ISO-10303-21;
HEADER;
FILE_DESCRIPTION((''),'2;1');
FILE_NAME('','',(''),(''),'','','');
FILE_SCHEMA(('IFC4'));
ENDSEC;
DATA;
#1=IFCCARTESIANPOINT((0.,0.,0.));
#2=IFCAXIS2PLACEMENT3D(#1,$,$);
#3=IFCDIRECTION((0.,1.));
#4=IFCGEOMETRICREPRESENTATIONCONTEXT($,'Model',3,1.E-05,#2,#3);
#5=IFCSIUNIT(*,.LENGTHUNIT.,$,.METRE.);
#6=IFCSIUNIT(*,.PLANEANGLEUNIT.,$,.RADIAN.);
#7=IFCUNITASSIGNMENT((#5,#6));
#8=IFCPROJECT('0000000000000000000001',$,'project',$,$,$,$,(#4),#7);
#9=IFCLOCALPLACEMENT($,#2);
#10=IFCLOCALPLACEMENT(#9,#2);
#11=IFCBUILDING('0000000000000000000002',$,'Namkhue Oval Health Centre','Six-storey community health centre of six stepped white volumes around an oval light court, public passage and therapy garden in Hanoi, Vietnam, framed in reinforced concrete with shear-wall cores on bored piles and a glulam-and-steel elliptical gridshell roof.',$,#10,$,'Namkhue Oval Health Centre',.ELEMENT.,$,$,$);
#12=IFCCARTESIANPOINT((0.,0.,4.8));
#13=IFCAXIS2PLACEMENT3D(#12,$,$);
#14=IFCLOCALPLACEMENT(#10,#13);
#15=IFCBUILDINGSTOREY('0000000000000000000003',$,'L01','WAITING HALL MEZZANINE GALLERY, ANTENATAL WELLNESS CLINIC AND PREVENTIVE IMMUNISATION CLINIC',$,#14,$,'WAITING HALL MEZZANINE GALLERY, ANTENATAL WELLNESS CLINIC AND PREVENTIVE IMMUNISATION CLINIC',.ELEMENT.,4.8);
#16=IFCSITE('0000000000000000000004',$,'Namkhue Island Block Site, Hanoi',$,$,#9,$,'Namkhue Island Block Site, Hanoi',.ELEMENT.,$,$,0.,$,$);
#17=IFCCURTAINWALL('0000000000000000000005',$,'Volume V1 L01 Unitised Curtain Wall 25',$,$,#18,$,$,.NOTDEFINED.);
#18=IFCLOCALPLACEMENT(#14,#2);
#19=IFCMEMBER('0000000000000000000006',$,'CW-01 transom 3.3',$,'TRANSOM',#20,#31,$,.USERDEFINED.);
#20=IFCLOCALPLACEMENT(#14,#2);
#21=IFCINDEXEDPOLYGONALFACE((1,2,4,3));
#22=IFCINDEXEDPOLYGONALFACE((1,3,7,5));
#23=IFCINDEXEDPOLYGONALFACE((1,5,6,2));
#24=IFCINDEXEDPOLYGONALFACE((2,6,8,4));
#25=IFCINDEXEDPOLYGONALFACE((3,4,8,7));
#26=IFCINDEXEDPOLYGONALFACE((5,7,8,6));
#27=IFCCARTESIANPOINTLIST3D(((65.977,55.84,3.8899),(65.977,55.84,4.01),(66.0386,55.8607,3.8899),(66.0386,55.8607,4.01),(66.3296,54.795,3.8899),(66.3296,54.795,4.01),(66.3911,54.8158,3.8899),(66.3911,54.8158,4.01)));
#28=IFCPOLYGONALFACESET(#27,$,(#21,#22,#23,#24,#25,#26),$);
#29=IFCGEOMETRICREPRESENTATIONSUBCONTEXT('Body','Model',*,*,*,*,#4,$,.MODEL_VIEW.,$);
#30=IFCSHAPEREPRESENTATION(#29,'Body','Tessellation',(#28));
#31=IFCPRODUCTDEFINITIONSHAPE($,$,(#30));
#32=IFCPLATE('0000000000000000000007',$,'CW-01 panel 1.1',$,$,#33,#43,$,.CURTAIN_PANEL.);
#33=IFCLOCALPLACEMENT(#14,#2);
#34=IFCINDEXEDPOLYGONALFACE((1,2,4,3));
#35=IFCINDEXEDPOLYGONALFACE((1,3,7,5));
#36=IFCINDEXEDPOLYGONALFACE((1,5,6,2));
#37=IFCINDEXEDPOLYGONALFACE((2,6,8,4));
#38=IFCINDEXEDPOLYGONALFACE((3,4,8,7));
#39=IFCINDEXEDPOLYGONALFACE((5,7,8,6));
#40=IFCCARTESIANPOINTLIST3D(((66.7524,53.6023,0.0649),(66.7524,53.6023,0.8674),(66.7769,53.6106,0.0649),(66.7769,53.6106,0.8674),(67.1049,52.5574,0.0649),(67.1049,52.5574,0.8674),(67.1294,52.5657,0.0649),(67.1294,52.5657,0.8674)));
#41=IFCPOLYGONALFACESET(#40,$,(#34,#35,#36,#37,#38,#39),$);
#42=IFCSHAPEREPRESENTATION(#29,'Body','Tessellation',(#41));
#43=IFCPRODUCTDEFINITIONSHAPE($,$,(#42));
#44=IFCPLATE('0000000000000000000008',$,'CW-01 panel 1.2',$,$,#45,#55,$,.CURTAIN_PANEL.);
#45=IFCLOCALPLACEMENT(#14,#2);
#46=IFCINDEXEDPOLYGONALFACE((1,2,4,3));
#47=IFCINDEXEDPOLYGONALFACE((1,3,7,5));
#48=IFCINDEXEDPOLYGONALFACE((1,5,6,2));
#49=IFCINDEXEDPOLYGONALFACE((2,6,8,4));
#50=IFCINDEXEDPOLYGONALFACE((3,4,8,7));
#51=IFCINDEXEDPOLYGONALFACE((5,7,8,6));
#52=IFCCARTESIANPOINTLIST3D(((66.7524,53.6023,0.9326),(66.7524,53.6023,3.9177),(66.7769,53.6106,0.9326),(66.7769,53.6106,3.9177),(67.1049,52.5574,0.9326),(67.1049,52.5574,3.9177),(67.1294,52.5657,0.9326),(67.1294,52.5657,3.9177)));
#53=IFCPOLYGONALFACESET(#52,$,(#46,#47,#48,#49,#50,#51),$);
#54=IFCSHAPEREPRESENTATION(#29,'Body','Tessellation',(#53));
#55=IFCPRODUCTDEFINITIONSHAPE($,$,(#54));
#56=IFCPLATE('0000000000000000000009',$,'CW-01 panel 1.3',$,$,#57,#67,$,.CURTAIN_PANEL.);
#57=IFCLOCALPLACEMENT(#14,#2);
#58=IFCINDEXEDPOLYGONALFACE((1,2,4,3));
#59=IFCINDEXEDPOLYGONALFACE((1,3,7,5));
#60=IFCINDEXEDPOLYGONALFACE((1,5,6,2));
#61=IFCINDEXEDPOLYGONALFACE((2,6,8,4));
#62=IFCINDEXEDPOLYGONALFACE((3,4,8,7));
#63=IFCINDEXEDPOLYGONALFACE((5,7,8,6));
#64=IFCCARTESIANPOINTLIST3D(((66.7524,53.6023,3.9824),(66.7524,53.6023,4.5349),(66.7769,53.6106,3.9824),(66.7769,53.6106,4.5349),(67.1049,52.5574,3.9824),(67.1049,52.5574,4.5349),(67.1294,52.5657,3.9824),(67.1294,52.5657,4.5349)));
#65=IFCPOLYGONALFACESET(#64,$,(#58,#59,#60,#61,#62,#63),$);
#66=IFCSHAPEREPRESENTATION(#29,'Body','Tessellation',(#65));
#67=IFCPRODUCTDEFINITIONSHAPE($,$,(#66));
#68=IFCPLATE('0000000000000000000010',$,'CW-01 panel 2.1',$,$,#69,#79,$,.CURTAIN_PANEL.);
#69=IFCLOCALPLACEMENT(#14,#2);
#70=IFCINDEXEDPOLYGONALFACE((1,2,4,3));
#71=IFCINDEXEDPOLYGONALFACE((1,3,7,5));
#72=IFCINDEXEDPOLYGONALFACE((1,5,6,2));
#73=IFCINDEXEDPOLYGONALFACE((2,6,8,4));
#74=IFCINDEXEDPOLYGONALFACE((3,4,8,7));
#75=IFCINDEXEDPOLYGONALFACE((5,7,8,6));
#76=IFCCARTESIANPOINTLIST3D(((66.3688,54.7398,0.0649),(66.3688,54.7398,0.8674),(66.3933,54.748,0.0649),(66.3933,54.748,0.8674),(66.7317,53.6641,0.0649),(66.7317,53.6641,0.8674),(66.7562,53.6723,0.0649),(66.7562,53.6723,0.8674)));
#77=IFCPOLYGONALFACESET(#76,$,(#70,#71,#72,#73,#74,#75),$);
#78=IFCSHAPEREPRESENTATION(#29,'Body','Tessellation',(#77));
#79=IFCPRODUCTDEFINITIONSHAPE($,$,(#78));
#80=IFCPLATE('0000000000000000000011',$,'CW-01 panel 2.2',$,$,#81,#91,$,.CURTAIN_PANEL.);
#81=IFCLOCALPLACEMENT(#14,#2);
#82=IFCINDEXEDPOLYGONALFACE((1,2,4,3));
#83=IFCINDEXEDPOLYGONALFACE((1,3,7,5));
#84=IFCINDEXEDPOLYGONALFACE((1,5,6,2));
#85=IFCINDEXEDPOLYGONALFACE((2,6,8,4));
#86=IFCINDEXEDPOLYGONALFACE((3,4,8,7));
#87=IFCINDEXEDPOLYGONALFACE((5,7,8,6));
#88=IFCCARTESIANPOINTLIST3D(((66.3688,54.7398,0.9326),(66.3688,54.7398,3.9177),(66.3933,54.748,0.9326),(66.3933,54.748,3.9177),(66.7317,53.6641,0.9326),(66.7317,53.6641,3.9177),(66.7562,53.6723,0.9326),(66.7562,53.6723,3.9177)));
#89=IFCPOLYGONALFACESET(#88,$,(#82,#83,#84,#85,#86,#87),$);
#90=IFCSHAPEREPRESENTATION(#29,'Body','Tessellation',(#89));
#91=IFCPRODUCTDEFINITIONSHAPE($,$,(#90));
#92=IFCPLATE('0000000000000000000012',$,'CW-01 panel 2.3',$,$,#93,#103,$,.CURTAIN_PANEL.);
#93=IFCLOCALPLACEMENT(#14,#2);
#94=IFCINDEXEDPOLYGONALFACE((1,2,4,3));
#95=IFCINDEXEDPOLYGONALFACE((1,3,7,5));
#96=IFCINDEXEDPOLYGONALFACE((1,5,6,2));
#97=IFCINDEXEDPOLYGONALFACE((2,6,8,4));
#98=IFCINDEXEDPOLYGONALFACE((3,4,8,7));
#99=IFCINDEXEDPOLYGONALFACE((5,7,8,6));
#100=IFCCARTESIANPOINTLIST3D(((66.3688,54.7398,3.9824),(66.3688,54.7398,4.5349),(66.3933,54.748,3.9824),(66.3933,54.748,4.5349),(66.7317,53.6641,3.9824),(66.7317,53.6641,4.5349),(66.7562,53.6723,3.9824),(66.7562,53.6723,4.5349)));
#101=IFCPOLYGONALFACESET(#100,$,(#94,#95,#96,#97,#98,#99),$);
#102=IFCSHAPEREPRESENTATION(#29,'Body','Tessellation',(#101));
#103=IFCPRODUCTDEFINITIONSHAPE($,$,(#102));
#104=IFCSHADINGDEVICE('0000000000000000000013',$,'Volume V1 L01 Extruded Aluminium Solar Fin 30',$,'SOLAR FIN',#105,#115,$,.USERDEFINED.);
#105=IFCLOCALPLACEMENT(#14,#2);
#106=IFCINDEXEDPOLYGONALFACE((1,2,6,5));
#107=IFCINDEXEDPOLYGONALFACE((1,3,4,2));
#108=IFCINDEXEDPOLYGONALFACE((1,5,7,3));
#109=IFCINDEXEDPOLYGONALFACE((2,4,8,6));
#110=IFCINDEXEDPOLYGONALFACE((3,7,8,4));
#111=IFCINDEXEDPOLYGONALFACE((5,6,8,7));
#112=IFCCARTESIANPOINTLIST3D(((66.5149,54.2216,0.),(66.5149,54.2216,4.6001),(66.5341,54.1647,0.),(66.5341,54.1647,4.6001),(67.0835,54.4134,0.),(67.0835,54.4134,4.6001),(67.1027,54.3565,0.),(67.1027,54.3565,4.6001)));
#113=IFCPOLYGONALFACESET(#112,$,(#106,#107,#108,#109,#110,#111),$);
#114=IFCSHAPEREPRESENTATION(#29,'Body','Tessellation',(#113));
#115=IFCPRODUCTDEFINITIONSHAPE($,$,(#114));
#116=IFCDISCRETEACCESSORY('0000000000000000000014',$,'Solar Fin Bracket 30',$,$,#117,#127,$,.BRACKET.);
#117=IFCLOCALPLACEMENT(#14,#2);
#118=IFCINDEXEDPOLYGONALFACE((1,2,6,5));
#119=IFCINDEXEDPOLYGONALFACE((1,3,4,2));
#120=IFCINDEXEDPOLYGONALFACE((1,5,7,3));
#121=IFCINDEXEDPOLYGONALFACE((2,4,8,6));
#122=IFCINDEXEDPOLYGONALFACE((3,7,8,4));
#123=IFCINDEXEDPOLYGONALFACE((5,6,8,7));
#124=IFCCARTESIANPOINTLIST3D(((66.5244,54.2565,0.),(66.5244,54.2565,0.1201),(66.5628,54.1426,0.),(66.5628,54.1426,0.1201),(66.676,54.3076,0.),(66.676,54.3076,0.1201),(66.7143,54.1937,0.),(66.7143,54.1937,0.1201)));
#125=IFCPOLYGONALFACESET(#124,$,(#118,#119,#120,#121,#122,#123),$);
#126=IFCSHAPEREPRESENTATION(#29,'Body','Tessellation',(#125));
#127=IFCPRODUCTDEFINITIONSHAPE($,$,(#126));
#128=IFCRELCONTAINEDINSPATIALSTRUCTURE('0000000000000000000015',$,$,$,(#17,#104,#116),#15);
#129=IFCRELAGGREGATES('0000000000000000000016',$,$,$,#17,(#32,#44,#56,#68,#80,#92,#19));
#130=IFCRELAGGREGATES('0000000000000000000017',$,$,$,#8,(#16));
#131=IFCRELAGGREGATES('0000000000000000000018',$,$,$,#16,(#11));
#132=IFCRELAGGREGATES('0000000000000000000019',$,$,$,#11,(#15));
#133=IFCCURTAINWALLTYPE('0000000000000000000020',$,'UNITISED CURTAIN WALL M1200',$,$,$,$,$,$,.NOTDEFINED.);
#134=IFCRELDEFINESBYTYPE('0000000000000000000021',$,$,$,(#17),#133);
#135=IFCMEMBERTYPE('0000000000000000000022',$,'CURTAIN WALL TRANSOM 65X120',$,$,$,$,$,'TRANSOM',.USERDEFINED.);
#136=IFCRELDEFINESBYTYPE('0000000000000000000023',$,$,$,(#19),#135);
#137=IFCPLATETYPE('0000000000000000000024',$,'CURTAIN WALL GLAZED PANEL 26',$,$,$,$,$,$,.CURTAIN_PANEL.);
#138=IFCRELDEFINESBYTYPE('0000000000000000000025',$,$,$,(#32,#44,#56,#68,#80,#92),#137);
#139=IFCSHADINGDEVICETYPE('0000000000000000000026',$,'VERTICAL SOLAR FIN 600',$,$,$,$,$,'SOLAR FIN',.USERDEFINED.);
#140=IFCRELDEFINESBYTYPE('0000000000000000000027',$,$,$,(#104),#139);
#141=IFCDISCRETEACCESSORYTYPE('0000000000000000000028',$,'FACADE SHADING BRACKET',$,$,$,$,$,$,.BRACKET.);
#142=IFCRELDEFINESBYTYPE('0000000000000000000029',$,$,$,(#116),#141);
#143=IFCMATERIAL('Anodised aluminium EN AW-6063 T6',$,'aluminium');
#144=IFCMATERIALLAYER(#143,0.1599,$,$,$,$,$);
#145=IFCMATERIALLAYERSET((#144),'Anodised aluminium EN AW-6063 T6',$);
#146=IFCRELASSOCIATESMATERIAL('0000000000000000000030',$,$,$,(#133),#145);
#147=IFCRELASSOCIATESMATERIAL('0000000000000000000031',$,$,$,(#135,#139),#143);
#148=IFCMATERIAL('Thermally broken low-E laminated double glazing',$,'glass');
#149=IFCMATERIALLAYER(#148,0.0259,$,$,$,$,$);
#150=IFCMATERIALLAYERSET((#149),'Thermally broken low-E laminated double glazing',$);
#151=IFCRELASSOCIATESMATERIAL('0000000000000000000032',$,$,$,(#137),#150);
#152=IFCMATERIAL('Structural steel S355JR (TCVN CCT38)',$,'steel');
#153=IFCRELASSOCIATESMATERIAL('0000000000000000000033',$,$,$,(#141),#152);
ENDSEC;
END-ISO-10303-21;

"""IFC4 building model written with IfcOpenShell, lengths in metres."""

from ifc_helpers import new_model, si_unit, direction, frame, origin, origin_2d, place, context, subcontext, project, spatial, rectangle, extrude, material, layer, layer_set, material_profile, profile_set, type_object, element, aggregate, save


model = new_model("IFC4")

# Units and contexts
model_context = context("Model", 3, precision=1e-05, world=origin(), true_north=direction((0.0, 1.0)))
body_context = subcontext(model_context, "Body", "Model", "MODEL_VIEW")
ifc_project = project(units=[si_unit("LENGTHUNIT", "METRE"), si_unit("PLANEANGLEUNIT", "RADIAN")], contexts=[model_context])

# Site, building, storey
site_placement = place(None, origin())
site = spatial("IfcSite", under=ifc_project, at=site_placement, Name="Namkhue Island Block Site, Hanoi", LongName="Namkhue Island Block Site, Hanoi", CompositionType="ELEMENT", RefElevation=0.0)
building_placement = place(site_placement, origin())
building = spatial("IfcBuilding", under=site, at=building_placement, Name="Namkhue Oval Health Centre", Description="Six-storey community health centre of six stepped white volumes around an oval light court, public passage and therapy garden in Hanoi, Vietnam, framed in reinforced concrete with shear-wall cores on bored piles and a glulam-and-steel elliptical gridshell roof.", LongName="Namkhue Oval Health Centre", CompositionType="ELEMENT")
storey_placement = place(building_placement, frame((0.0, 0.0, 4.8)))
storey = spatial("IfcBuildingStorey", under=building, at=storey_placement, Name="L01", Description="WAITING HALL MEZZANINE GALLERY, ANTENATAL WELLNESS CLINIC AND PREVENTIVE IMMUNISATION CLINIC", LongName="WAITING HALL MEZZANINE GALLERY, ANTENATAL WELLNESS CLINIC AND PREVENTIVE IMMUNISATION CLINIC", CompositionType="ELEMENT", Elevation=4.8)

# Curtain wall
ifc_material_1 = material(Name="Anodised aluminium EN AW-6063 T6", Category="aluminium")
ifc_layer_1 = layer(ifc_material_1, 0.1599)
ifc_layer_set_1 = layer_set([ifc_layer_1], Name="Anodised aluminium EN AW-6063 T6")
curtain_wall_type_1 = type_object("IfcCurtainWallType", Name="UNITISED CURTAIN WALL M1200", PredefinedType="NOTDEFINED", material=ifc_layer_set_1)
curtain_wall_1_placement = place(storey_placement, origin())
curtain_wall_1 = element("IfcCurtainWall", 1, at=curtain_wall_1_placement, inside=storey, type_object=curtain_wall_type_1, Name="Volume V1 L01 Unitised Curtain Wall 25", PredefinedType="NOTDEFINED")

# Member
ifc_material_profile_1 = material_profile(ifc_material_1, rectangle(XDim=0.0649, YDim=0.1201, at=origin_2d()), Name="ALU 65x120")
ifc_profile_set_1 = profile_set([ifc_material_profile_1], Name="Anodised aluminium EN AW-6063 T6")
member_type_1 = type_object("IfcMemberType", Name="CURTAIN WALL TRANSOM 65X120", ElementType="TRANSOM", PredefinedType="USERDEFINED", material=ifc_profile_set_1)
member_1_placement = place(storey_placement, frame((66.3604, 54.8054, 3.95), z_axis=(-0.319679, 0.947526, 0.0), x_axis=(-0.947526, -0.319679, 0.0)))
member_1 = element("IfcMember", 2, at=member_1_placement, type_object=member_type_1, Name="CW-01 transom 3.3", ObjectType="TRANSOM", PredefinedType="USERDEFINED", context=body_context, shape_type="SweptSolid", body=[
    extrude(rectangle(XDim=0.0649, YDim=0.1201, at=origin_2d()), origin(), (0.0, 0.0, 1.0), 1.1028),
])

# Plates
ifc_material_2 = material(Name="Thermally broken low-E laminated double glazing", Category="glass")
ifc_layer_2 = layer(ifc_material_2, 0.0259)
ifc_layer_set_2 = layer_set([ifc_layer_2], Name="Thermally broken low-E laminated double glazing")
plate_type = type_object("IfcPlateType", Name="CURTAIN WALL GLAZED PANEL 26", PredefinedType="CURTAIN_PANEL", material=ifc_layer_set_2)
plate_1_placement = place(storey_placement, frame((66.9409, 53.084, 0.0649), z_axis=(0.0, 0.0, 1.0), x_axis=(-0.319642, 0.947539, 0.0)))
plate_1 = element("IfcPlate", 3, at=plate_1_placement, type_object=plate_type, Name="CW-01 panel 1.1", PredefinedType="CURTAIN_PANEL", context=body_context, shape_type="SweptSolid", body=[
    extrude(rectangle(XDim=1.1028, YDim=0.0259, at=origin_2d()), origin(), (0.0, 0.0, 1.0), 0.8025),
])
plate_2_placement = place(storey_placement, frame((66.9409, 53.084, 0.9326), z_axis=(0.0, 0.0, 1.0), x_axis=(-0.319642, 0.947539, 0.0)))
plate_2 = element("IfcPlate", 4, at=plate_2_placement, type_object=plate_type, Name="CW-01 panel 1.2", PredefinedType="CURTAIN_PANEL", context=body_context, shape_type="SweptSolid", body=[
    extrude(rectangle(XDim=1.1028, YDim=0.0259, at=origin_2d()), origin(), (0.0, 0.0, 1.0), 2.9851),
])
plate_3_placement = place(storey_placement, frame((66.9409, 53.084, 3.9824), z_axis=(0.0, 0.0, 1.0), x_axis=(-0.319642, 0.947539, 0.0)))
plate_3 = element("IfcPlate", 5, at=plate_3_placement, type_object=plate_type, Name="CW-01 panel 1.3", PredefinedType="CURTAIN_PANEL", context=body_context, shape_type="SweptSolid", body=[
    extrude(rectangle(XDim=1.1028, YDim=0.0259, at=origin_2d()), origin(), (0.0, 0.0, 1.0), 0.5525),
])
plate_4_placement = place(storey_placement, frame((66.5625, 54.2061, 0.0649), z_axis=(0.0, 0.0, 1.0), x_axis=(-0.319642, 0.947539, 0.0)))
plate_4 = element("IfcPlate", 6, at=plate_4_placement, type_object=plate_type, Name="CW-01 panel 2.1", PredefinedType="CURTAIN_PANEL", context=body_context, shape_type="SweptSolid", body=[
    extrude(rectangle(XDim=1.1353, YDim=0.0259, at=origin_2d()), origin(), (0.0, 0.0, 1.0), 0.8025),
])
plate_5_placement = place(storey_placement, frame((66.5625, 54.2061, 0.9326), z_axis=(0.0, 0.0, 1.0), x_axis=(-0.319642, 0.947539, 0.0)))
plate_5 = element("IfcPlate", 7, at=plate_5_placement, type_object=plate_type, Name="CW-01 panel 2.2", PredefinedType="CURTAIN_PANEL", context=body_context, shape_type="SweptSolid", body=[
    extrude(rectangle(XDim=1.1353, YDim=0.0259, at=origin_2d()), origin(), (0.0, 0.0, 1.0), 2.9851),
])
plate_6_placement = place(storey_placement, frame((66.5625, 54.2061, 3.9824), z_axis=(0.0, 0.0, 1.0), x_axis=(-0.319642, 0.947539, 0.0)))
plate_6 = element("IfcPlate", 8, at=plate_6_placement, type_object=plate_type, Name="CW-01 panel 2.3", PredefinedType="CURTAIN_PANEL", context=body_context, shape_type="SweptSolid", body=[
    extrude(rectangle(XDim=1.1353, YDim=0.0259, at=origin_2d()), origin(), (0.0, 0.0, 1.0), 0.5525),
])
aggregate(curtain_wall_1, [plate_1, plate_2, plate_3, plate_4, plate_5, plate_6, member_1])

# Shading device
shading_device_type = type_object("IfcShadingDeviceType", Name="VERTICAL SOLAR FIN 600", ElementType="SOLAR FIN", PredefinedType="USERDEFINED", material=ifc_material_1)
shading_device_placement = place(storey_placement, frame((66.8088, 54.2891, 0.0), z_axis=(0.0, 0.0, 1.0), x_axis=(0.947546, 0.319621, 0.0)))
element("IfcShadingDevice", 9, at=shading_device_placement, inside=storey, type_object=shading_device_type, Name="Volume V1 L01 Extruded Aluminium Solar Fin 30", ObjectType="SOLAR FIN", PredefinedType="USERDEFINED", context=body_context, shape_type="SweptSolid", body=[
    extrude(rectangle(XDim=0.6001, YDim=0.0601, at=origin_2d()), origin(), (0.0, 0.0, 1.0), 4.6001),
])

# Discrete accessory
ifc_material_3 = material(Name="Structural steel S355JR (TCVN CCT38)", Category="steel")
discrete_accessory_type = type_object("IfcDiscreteAccessoryType", Name="FACADE SHADING BRACKET", PredefinedType="BRACKET", material=ifc_material_3)
discrete_accessory_placement = place(storey_placement, frame((66.6194, 54.2251, 0.0), z_axis=(0.0, 0.0, 1.0), x_axis=(0.947546, 0.319621, 0.0)))
element("IfcDiscreteAccessory", 10, at=discrete_accessory_placement, inside=storey, type_object=discrete_accessory_type, Name="Solar Fin Bracket 30", PredefinedType="BRACKET", context=body_context, shape_type="SweptSolid", body=[
    extrude(rectangle(XDim=0.1599, YDim=0.1201, at=origin_2d()), origin(), (0.0, 0.0, 1.0), 0.1201),
])

save(model, "model.ifc")
